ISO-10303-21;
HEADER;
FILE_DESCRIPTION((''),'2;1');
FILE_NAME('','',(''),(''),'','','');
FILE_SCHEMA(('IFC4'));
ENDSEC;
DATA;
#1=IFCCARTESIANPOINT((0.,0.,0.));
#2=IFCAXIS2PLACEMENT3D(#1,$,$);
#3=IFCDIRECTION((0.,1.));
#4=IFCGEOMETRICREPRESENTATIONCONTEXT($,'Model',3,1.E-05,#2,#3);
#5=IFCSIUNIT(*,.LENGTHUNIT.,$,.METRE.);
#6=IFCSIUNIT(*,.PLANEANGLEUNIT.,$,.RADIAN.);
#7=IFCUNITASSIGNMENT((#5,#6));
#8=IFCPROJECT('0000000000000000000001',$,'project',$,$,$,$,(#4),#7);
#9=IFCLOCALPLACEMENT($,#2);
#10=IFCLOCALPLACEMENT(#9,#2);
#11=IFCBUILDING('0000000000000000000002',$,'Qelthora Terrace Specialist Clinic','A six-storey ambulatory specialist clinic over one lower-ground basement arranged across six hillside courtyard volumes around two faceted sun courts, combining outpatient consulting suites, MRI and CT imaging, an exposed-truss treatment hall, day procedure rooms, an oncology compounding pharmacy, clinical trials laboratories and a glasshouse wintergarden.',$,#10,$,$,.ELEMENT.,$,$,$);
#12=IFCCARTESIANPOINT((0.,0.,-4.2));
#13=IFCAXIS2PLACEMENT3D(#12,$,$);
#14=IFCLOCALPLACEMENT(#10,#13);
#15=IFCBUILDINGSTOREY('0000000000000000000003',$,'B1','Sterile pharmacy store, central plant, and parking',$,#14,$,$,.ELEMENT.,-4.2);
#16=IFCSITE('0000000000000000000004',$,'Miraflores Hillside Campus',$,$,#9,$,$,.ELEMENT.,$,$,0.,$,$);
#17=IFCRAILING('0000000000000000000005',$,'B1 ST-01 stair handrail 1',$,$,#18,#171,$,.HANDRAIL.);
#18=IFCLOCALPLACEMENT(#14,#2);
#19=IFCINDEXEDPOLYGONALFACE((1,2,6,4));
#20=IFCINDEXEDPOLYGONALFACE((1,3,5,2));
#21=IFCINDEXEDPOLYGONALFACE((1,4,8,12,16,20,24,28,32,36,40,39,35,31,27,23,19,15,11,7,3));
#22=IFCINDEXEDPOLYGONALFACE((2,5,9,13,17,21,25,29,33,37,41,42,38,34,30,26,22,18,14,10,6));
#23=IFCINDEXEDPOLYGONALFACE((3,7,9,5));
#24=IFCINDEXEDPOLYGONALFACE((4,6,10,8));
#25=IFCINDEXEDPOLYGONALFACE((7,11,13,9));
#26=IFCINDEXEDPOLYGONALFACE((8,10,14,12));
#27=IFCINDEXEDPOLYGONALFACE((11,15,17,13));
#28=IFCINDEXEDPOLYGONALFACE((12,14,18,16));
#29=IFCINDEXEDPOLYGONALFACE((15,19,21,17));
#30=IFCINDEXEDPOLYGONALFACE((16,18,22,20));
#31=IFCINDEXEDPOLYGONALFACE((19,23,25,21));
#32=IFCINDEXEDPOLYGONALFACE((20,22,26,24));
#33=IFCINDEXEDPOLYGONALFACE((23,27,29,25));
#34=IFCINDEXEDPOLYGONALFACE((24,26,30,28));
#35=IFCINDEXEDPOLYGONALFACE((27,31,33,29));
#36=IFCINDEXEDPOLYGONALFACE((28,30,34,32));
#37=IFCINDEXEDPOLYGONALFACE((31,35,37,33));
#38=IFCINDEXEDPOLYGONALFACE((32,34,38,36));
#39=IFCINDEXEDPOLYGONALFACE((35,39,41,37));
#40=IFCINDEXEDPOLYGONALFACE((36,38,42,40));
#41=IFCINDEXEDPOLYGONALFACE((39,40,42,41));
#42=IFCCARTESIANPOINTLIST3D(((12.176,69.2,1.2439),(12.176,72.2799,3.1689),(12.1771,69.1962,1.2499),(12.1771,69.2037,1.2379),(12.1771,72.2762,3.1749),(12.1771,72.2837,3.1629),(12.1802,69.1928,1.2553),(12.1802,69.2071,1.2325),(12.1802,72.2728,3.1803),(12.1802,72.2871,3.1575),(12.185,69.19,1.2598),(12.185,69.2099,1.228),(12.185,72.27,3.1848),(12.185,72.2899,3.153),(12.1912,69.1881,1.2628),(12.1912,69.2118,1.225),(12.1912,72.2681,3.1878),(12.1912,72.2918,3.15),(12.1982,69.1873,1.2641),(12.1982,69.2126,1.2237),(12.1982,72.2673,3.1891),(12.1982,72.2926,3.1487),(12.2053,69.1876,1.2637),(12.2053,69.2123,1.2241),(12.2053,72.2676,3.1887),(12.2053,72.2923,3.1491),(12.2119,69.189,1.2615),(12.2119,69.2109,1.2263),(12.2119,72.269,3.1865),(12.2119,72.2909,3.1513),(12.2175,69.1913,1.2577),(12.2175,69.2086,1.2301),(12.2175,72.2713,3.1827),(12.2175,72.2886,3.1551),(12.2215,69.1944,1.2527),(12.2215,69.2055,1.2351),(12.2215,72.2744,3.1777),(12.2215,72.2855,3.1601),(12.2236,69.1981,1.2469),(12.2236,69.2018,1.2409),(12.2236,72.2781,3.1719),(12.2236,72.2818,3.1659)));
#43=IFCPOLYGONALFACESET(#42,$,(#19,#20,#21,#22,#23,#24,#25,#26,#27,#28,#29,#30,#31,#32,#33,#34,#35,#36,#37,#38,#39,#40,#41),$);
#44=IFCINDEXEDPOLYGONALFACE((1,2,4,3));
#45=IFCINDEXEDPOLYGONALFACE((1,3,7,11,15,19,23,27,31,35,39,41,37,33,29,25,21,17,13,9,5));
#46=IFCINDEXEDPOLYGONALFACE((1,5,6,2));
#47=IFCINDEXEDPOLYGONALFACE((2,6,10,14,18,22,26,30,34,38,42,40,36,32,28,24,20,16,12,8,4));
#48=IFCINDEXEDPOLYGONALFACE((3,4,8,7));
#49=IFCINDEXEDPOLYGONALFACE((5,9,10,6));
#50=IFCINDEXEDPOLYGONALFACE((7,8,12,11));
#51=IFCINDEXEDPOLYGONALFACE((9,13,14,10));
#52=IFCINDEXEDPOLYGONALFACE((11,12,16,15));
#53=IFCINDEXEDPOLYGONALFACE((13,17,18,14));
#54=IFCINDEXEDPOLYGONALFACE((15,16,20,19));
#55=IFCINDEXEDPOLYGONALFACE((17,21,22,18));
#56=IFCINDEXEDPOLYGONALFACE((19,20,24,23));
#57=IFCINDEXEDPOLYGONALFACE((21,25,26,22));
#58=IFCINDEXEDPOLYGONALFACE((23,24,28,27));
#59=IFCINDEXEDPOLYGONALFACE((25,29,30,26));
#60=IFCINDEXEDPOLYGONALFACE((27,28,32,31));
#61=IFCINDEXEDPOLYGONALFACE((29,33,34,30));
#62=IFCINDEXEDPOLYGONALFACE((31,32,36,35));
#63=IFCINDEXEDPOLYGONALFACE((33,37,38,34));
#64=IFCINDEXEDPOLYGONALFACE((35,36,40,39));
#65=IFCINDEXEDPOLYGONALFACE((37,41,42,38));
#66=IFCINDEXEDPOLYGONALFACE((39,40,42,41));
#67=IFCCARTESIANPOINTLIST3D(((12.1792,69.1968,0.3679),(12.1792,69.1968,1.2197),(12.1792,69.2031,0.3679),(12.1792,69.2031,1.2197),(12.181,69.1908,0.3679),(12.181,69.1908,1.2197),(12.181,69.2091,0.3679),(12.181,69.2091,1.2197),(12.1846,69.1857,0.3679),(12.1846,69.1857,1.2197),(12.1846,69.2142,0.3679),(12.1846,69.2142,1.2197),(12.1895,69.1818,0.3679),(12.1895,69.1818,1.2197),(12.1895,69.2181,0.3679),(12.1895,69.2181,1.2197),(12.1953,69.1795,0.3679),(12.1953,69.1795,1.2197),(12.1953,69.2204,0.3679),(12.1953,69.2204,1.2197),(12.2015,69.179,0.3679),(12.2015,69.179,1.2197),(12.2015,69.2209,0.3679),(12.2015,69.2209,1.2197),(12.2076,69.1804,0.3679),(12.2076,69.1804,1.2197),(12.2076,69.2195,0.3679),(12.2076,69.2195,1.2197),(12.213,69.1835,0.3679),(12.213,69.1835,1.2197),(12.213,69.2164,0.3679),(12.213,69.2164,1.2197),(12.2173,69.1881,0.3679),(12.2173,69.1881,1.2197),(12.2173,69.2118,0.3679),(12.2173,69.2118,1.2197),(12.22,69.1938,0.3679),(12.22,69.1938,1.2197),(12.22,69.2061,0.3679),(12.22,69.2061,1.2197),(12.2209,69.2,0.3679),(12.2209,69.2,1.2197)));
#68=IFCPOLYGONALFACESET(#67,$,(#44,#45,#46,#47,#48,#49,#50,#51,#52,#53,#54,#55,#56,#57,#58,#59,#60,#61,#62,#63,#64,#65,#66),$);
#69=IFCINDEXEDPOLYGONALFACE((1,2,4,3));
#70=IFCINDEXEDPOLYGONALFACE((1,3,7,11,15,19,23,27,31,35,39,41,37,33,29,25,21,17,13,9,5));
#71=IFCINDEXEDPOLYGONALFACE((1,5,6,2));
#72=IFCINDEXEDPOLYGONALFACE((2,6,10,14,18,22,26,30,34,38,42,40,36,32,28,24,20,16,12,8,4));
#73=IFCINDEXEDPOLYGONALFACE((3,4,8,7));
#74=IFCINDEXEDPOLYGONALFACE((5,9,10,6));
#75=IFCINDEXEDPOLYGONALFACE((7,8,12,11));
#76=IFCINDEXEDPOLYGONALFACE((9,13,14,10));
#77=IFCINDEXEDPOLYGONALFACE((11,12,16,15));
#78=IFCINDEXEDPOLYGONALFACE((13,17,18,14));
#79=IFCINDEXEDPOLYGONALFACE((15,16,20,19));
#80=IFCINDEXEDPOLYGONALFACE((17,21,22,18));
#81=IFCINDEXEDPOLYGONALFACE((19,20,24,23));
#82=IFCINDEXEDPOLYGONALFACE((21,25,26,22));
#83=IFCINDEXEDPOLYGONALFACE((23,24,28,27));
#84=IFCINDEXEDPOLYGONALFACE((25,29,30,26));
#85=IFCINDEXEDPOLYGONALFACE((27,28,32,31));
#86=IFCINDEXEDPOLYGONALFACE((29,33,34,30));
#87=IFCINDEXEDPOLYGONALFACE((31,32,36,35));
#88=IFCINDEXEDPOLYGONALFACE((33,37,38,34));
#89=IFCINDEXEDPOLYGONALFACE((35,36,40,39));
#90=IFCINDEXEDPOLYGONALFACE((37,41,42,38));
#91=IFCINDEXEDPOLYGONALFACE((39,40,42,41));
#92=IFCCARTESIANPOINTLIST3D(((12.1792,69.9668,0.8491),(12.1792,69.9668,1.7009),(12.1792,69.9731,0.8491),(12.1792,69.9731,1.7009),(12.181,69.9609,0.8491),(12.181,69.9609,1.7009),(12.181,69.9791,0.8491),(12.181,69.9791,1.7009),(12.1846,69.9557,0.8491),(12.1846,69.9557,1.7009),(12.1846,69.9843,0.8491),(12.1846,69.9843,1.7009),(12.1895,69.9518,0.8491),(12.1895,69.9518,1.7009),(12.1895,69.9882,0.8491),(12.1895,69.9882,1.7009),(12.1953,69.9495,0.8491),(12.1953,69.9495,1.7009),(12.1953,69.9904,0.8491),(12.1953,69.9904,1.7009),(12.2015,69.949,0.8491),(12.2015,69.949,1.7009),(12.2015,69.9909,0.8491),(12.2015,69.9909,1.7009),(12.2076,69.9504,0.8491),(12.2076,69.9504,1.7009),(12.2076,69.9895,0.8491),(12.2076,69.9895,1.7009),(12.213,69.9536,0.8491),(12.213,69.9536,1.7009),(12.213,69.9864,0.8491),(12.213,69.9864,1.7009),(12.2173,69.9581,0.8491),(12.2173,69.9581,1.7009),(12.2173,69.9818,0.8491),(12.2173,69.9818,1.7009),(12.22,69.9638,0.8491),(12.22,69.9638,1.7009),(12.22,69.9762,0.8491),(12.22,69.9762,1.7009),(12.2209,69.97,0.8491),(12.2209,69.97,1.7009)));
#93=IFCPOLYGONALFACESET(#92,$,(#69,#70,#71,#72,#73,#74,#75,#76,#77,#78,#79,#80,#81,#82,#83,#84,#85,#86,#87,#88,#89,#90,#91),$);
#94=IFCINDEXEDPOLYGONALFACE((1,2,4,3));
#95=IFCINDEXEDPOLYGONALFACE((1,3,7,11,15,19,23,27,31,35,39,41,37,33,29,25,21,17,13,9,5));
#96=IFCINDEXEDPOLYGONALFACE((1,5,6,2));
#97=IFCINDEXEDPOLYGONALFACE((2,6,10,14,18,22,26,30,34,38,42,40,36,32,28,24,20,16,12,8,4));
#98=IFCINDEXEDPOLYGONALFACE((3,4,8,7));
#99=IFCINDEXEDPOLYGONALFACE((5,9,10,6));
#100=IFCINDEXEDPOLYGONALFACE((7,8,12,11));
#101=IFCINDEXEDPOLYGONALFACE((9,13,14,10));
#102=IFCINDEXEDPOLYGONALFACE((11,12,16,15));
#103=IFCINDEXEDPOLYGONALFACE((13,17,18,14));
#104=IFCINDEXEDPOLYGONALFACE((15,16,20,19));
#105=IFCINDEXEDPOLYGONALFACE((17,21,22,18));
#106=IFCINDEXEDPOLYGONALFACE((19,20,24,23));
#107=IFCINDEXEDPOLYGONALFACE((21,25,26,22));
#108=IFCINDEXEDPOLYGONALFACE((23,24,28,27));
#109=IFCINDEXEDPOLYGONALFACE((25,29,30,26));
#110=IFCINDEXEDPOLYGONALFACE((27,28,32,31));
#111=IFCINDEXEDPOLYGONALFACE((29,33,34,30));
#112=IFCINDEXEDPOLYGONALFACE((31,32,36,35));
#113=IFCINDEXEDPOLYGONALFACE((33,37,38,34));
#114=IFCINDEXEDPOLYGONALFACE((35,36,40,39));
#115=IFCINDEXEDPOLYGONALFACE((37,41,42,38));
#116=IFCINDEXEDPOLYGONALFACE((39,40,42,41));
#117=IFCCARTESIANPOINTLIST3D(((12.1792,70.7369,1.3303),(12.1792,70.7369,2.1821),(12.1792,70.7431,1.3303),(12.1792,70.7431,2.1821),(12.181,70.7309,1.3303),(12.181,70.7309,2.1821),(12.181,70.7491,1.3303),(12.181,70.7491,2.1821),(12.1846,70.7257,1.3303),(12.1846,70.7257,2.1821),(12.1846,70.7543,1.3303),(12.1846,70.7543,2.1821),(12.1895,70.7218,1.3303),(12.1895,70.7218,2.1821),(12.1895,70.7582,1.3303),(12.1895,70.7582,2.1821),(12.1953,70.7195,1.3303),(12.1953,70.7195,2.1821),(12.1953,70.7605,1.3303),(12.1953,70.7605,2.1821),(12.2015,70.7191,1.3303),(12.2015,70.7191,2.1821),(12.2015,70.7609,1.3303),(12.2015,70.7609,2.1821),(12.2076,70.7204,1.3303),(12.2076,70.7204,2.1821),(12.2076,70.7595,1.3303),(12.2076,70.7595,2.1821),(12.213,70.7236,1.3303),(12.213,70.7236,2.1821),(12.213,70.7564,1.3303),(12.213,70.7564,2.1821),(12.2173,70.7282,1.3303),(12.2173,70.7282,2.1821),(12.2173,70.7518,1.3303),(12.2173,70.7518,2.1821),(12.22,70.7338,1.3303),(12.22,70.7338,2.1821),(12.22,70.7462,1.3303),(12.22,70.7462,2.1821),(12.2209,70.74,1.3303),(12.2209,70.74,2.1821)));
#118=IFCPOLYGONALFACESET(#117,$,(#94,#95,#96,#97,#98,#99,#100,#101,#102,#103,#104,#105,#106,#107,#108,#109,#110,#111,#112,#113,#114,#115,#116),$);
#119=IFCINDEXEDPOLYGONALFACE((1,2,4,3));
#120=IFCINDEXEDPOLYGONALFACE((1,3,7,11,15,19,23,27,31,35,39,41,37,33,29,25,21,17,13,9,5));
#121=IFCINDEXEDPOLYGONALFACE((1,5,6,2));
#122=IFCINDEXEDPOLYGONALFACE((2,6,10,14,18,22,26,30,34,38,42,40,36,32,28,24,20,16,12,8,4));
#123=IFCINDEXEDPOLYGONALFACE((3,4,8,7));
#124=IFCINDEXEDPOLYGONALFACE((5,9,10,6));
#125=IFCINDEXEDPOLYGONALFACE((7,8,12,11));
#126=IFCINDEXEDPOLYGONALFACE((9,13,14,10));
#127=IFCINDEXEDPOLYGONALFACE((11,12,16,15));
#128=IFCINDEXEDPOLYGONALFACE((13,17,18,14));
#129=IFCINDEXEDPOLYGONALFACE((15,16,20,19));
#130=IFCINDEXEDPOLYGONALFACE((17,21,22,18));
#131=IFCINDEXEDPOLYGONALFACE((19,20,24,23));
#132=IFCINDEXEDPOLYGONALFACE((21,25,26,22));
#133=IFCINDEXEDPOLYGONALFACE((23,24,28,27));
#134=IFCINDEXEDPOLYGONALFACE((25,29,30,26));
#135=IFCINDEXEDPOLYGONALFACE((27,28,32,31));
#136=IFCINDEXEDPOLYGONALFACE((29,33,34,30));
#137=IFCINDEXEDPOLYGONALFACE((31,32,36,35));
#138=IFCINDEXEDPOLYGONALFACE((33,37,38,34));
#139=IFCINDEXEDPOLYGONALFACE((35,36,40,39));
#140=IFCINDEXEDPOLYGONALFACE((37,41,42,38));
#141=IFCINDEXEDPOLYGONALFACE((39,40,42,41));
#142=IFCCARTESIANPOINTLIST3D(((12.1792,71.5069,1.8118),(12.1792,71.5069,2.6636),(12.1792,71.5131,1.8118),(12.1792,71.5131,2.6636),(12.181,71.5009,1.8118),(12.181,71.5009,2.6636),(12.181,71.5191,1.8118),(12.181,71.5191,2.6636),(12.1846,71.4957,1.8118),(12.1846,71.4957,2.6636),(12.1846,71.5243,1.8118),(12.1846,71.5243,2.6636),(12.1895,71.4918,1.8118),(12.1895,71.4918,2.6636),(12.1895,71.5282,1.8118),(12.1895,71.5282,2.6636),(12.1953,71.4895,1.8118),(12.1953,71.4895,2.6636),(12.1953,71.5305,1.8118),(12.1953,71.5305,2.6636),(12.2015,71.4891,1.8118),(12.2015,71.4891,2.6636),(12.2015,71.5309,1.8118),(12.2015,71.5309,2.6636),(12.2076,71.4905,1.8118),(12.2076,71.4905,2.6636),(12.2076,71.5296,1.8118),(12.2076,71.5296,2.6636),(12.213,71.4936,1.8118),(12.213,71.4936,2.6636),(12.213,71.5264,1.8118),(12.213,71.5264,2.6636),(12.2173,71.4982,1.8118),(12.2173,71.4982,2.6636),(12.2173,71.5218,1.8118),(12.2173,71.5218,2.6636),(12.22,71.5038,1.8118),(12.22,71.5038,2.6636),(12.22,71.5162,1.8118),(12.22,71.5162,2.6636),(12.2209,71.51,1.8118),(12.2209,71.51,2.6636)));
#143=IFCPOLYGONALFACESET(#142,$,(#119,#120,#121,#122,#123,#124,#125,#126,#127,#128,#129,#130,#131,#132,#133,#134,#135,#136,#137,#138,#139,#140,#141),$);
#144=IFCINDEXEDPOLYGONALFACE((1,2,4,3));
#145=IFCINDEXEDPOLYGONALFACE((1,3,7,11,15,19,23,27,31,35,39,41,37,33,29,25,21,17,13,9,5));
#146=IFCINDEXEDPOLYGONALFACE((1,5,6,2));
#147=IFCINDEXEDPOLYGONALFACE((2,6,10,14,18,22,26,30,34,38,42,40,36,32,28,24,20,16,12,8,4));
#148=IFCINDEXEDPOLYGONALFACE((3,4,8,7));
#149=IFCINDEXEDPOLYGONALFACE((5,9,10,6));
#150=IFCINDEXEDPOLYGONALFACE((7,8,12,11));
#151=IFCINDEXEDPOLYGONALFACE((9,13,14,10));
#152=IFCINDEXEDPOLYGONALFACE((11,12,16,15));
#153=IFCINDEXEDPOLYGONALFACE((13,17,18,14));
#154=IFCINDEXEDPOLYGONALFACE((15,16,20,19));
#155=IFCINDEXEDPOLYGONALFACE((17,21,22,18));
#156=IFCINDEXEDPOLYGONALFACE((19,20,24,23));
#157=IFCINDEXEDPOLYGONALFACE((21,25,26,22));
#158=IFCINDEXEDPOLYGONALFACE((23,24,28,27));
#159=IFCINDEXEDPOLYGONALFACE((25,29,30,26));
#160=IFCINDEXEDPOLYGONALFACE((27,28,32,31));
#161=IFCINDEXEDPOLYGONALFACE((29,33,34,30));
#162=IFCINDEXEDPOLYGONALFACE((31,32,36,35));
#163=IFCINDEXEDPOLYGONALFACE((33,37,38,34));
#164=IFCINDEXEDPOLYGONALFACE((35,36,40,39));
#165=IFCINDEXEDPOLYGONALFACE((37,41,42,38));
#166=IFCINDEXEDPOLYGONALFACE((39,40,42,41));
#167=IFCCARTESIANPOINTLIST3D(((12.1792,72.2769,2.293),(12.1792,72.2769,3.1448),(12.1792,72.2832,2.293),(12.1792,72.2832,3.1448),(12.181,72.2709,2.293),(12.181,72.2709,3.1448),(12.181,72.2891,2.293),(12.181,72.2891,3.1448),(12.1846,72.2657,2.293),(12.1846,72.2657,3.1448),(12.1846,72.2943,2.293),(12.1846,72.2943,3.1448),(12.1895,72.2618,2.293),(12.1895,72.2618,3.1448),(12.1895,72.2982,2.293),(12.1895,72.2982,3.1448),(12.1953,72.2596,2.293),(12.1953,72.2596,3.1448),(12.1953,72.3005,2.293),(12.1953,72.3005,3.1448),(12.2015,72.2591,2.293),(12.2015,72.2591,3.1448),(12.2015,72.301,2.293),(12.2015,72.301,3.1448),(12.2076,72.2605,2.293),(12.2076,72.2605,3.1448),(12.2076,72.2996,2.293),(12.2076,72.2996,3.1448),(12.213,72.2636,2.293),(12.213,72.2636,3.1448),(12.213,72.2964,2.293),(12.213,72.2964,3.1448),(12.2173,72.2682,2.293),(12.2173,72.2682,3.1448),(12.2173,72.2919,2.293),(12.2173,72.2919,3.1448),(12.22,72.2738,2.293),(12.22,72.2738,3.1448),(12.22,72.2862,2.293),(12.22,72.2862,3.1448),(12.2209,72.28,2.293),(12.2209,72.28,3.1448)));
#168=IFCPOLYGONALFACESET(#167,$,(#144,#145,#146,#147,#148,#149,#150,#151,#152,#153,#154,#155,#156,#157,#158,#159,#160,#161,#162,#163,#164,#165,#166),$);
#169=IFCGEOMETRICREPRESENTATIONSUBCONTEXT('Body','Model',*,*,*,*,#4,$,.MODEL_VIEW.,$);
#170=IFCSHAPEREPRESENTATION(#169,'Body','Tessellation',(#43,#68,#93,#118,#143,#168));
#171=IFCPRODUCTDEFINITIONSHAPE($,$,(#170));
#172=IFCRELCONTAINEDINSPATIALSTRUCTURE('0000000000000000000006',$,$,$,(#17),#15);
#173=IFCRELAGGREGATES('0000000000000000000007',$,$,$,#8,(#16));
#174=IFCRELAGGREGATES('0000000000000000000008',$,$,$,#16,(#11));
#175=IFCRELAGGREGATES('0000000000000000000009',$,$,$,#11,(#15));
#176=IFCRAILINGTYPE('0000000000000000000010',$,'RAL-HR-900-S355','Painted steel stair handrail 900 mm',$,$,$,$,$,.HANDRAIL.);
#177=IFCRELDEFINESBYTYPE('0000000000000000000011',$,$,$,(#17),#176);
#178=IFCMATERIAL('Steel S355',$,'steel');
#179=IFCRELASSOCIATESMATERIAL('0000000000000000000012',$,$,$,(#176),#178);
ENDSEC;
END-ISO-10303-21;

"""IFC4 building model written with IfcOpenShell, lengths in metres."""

from ifc_helpers import new_model, si_unit, direction, frame, origin, origin_2d, place, context, subcontext, project, spatial, circle, extrude, material, type_object, element, save


model = new_model("IFC4")

# Units and contexts
model_context = context("Model", 3, precision=1e-05, world=origin(), true_north=direction((0.0, 1.0)))
body_context = subcontext(model_context, "Body", "Model", "MODEL_VIEW")
ifc_project = project(units=[si_unit("LENGTHUNIT", "METRE"), si_unit("PLANEANGLEUNIT", "RADIAN")], contexts=[model_context])

# Site, building, storey
site_placement = place(None, origin())
site = spatial("IfcSite", under=ifc_project, at=site_placement, Name="Miraflores Hillside Campus", CompositionType="ELEMENT", RefElevation=0.0)
building_placement = place(site_placement, origin())
building = spatial("IfcBuilding", under=site, at=building_placement, Name="Qelthora Terrace Specialist Clinic", Description="A six-storey ambulatory specialist clinic over one lower-ground basement arranged across six hillside courtyard volumes around two faceted sun courts, combining outpatient consulting suites, MRI and CT imaging, an exposed-truss treatment hall, day procedure rooms, an oncology compounding pharmacy, clinical trials laboratories and a glasshouse wintergarden.", CompositionType="ELEMENT")
storey_placement = place(building_placement, frame((0.0, 0.0, -4.2)))
storey = spatial("IfcBuildingStorey", under=building, at=storey_placement, Name="B1", Description="Sterile pharmacy store, central plant, and parking", CompositionType="ELEMENT", Elevation=-4.2)

# Shared definitions
ifc_material_1 = material(Name="Steel S355", Category="steel")

# Railing
railing_type_1 = type_object("IfcRailingType", Name="RAL-HR-900-S355", Description="Painted steel stair handrail 900 mm", PredefinedType="HANDRAIL", material=ifc_material_1)
railing_1_placement = place(storey_placement, frame((12.2, 69.2, 0.3679)))
element("IfcRailing", 1, at=railing_1_placement, inside=storey, type_object=railing_type_1, Name="B1 ST-01 stair handrail 1", PredefinedType="HANDRAIL", context=body_context, shape_type="SweptSolid", body=[
    extrude(circle(Radius=0.0239, at=origin_2d()), frame((0.0, 0.0, 0.876), z_axis=(0.0, 0.847998, 0.529999), x_axis=(-1.0, 0.0, 0.0)), (0.0, 0.0, 1.0), 3.6321),
    extrude(circle(Radius=0.021, at=origin_2d()), origin(), (0.0, 0.0, 1.0), 0.8518),
    extrude(circle(Radius=0.021, at=origin_2d()), frame((0.0, 0.77, 0.4812)), (0.0, 0.0, 1.0), 0.8518),
    extrude(circle(Radius=0.021, at=origin_2d()), frame((0.0, 1.54, 0.9624)), (0.0, 0.0, 1.0), 0.8518),
    extrude(circle(Radius=0.021, at=origin_2d()), frame((0.0, 2.3101, 1.4438)), (0.0, 0.0, 1.0), 0.8518),
    extrude(circle(Radius=0.021, at=origin_2d()), frame((0.0, 3.0801, 1.925)), (0.0, 0.0, 1.0), 0.8518),
])

save(model, "model.ifc")
